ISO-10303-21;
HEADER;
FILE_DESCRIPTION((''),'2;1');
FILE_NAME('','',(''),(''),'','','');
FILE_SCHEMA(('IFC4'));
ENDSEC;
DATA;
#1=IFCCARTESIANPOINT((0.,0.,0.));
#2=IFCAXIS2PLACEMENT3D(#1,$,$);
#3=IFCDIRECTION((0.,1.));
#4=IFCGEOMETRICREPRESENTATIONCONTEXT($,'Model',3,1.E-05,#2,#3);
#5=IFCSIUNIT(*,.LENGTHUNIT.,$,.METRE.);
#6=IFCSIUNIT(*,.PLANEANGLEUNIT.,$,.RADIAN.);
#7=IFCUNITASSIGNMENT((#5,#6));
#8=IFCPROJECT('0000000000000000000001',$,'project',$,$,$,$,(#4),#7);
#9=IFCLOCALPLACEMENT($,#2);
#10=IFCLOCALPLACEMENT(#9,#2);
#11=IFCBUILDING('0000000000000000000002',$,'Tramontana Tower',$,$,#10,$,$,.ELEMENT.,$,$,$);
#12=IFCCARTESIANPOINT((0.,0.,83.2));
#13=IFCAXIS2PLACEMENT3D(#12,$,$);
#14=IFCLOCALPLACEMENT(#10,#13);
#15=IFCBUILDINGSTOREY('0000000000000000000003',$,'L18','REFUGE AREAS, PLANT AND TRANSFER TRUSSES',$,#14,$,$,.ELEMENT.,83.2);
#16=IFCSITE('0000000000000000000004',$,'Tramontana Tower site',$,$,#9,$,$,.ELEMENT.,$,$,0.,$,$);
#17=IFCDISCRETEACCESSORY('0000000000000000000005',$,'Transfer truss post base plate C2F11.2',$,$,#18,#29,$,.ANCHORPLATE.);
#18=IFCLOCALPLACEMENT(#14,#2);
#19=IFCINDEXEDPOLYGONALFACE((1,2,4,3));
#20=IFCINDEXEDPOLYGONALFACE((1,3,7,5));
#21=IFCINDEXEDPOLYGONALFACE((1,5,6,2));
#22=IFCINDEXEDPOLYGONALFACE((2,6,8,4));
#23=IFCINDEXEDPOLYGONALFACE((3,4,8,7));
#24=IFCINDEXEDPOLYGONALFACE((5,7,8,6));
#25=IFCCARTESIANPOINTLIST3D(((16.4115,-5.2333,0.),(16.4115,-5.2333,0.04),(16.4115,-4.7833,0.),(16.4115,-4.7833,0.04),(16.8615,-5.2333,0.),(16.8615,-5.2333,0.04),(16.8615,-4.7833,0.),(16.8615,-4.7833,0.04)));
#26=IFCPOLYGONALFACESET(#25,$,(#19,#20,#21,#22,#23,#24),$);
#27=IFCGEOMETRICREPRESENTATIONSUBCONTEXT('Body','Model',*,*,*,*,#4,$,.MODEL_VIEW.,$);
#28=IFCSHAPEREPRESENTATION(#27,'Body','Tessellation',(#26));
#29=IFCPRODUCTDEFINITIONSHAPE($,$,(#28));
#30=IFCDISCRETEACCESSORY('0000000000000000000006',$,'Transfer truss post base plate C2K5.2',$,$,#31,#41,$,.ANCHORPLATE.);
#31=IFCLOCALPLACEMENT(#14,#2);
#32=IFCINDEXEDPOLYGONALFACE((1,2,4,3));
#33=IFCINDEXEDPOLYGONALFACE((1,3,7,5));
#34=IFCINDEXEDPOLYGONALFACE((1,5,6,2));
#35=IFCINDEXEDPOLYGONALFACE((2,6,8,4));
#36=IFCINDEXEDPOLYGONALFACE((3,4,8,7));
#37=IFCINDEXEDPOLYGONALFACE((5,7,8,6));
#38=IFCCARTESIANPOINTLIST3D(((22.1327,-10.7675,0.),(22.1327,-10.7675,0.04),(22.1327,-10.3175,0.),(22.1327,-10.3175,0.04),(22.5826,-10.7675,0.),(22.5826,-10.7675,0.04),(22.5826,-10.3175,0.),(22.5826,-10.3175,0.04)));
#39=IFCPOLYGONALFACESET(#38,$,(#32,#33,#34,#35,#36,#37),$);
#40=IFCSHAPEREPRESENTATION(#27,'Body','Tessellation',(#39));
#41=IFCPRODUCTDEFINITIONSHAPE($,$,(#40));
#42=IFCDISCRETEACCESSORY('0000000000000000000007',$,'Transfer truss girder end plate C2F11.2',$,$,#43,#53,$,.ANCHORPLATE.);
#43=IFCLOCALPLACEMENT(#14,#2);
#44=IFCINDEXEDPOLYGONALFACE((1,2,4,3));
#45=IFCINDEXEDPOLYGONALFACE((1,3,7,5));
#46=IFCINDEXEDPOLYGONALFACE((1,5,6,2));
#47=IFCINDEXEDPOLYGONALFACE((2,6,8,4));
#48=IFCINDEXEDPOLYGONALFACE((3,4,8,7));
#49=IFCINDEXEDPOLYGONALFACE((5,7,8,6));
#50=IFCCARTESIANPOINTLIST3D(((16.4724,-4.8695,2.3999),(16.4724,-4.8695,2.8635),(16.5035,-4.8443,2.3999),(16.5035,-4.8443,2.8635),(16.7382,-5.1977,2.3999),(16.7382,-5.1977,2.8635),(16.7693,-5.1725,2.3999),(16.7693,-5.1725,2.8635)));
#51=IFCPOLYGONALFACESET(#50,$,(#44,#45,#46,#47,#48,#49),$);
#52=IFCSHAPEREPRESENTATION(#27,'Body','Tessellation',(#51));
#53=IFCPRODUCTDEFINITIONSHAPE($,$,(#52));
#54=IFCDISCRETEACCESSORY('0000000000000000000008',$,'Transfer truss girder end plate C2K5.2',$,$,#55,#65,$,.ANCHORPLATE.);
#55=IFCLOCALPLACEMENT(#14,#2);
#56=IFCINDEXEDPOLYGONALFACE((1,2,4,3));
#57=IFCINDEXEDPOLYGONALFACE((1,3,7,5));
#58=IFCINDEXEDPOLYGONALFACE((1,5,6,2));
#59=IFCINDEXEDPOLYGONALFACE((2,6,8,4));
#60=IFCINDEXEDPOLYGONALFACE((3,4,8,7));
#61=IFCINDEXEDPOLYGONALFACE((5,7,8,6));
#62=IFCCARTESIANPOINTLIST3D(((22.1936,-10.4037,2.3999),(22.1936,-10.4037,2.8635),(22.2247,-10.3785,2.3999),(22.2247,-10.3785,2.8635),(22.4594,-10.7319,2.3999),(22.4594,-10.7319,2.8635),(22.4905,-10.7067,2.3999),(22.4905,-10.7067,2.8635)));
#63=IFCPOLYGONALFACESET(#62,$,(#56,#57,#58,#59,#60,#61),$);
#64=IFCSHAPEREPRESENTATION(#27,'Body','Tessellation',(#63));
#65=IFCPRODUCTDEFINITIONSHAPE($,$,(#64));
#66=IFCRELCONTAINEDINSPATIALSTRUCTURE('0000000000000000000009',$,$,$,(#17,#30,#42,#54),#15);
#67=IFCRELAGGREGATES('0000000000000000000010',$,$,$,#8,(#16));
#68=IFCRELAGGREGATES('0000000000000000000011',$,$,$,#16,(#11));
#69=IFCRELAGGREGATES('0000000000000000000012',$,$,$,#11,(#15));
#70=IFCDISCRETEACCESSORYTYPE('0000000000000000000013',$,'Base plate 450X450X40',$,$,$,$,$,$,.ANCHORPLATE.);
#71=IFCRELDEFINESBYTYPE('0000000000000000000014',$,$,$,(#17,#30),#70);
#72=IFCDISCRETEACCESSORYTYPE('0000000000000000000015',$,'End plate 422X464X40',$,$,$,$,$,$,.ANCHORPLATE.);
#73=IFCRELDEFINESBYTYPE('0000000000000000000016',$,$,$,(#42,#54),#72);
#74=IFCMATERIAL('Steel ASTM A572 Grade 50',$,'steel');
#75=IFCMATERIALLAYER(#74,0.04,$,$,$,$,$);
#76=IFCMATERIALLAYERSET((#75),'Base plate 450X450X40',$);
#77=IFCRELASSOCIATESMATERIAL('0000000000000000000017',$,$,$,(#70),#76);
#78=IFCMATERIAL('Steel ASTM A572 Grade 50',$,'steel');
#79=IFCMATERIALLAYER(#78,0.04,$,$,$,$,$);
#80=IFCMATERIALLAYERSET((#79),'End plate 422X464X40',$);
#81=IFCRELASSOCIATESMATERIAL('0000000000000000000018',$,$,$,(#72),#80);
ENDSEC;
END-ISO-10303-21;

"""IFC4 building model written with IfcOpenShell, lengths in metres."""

from ifc_helpers import new_model, si_unit, direction, frame, origin, origin_2d, place, context, subcontext, project, spatial, rectangle, extrude, material, layer, layer_set, type_object, element, save


model = new_model("IFC4")

# Units and contexts
model_context = context("Model", 3, precision=1e-05, world=origin(), true_north=direction((0.0, 1.0)))
body_context = subcontext(model_context, "Body", "Model", "MODEL_VIEW")
ifc_project = project(units=[si_unit("LENGTHUNIT", "METRE"), si_unit("PLANEANGLEUNIT", "RADIAN")], contexts=[model_context])

# Site, building, storey
site_placement = place(None, origin())
site = spatial("IfcSite", under=ifc_project, at=site_placement, Name="Tramontana Tower site", CompositionType="ELEMENT", RefElevation=0.0)
building_placement = place(site_placement, origin())
building = spatial("IfcBuilding", under=site, at=building_placement, Name="Tramontana Tower", CompositionType="ELEMENT")
storey_placement = place(building_placement, frame((0.0, 0.0, 83.2)))
storey = spatial("IfcBuildingStorey", under=building, at=storey_placement, Name="L18", Description="REFUGE AREAS, PLANT AND TRANSFER TRUSSES", CompositionType="ELEMENT", Elevation=83.2)

# Discrete accessories
ifc_material_1 = material(Name="Steel ASTM A572 Grade 50", Category="steel")
ifc_layer_1 = layer(ifc_material_1, 0.04)
ifc_layer_set_1 = layer_set([ifc_layer_1], Name="Base plate 450X450X40")
discrete_accessory_type_1 = type_object("IfcDiscreteAccessoryType", Name="Base plate 450X450X40", PredefinedType="ANCHORPLATE", material=ifc_layer_set_1)
for number, where, z_axis, x_axis, name in (
    (1, (16.6365, -5.0083, 0.0), (0.0, 0.0, 1.0), (1.0, 0.0, 0.0), "Transfer truss post base plate C2F11.2"),
    (2, (22.3577, -10.5425, 0.0), (0.0, 0.0, 1.0), (1.0, 0.0, 0.0), "Transfer truss post base plate C2K5.2"),
):
    element("IfcDiscreteAccessory", number, at=place(storey_placement, frame(where, z_axis=z_axis, x_axis=x_axis)), inside=storey, type_object=discrete_accessory_type_1, Name=name, PredefinedType="ANCHORPLATE", context=body_context, shape_type="SweptSolid", body=[
        extrude(rectangle(XDim=0.45, YDim=0.45, at=origin_2d()), origin(), (0.0, 0.0, 1.0), 0.04),
    ])
ifc_material_2 = material(Name="Steel ASTM A572 Grade 50", Category="steel")
ifc_layer_2 = layer(ifc_material_2, 0.04)
ifc_layer_set_2 = layer_set([ifc_layer_2], Name="End plate 422X464X40")
discrete_accessory_type_2 = type_object("IfcDiscreteAccessoryType", Name="End plate 422X464X40", PredefinedType="ANCHORPLATE", material=ifc_layer_set_2)
for number, where, z_axis, x_axis, name in (
    (3, (16.6208, -5.021, 2.3999), (0.0, 0.0, 1.0), (-0.62932, 0.777146, 0.0), "Transfer truss girder end plate C2F11.2"),
    (4, (22.342, -10.5552, 2.3999), (0.0, 0.0, 1.0), (-0.62932, 0.777146, 0.0), "Transfer truss girder end plate C2K5.2"),
):
    element("IfcDiscreteAccessory", number, at=place(storey_placement, frame(where, z_axis=z_axis, x_axis=x_axis)), inside=storey, type_object=discrete_accessory_type_2, Name=name, PredefinedType="ANCHORPLATE", context=body_context, shape_type="SweptSolid", body=[
        extrude(rectangle(XDim=0.4224, YDim=0.04, at=origin_2d()), origin(), (0.0, 0.0, 1.0), 0.4636),
    ])

save(model, "model.ifc")
